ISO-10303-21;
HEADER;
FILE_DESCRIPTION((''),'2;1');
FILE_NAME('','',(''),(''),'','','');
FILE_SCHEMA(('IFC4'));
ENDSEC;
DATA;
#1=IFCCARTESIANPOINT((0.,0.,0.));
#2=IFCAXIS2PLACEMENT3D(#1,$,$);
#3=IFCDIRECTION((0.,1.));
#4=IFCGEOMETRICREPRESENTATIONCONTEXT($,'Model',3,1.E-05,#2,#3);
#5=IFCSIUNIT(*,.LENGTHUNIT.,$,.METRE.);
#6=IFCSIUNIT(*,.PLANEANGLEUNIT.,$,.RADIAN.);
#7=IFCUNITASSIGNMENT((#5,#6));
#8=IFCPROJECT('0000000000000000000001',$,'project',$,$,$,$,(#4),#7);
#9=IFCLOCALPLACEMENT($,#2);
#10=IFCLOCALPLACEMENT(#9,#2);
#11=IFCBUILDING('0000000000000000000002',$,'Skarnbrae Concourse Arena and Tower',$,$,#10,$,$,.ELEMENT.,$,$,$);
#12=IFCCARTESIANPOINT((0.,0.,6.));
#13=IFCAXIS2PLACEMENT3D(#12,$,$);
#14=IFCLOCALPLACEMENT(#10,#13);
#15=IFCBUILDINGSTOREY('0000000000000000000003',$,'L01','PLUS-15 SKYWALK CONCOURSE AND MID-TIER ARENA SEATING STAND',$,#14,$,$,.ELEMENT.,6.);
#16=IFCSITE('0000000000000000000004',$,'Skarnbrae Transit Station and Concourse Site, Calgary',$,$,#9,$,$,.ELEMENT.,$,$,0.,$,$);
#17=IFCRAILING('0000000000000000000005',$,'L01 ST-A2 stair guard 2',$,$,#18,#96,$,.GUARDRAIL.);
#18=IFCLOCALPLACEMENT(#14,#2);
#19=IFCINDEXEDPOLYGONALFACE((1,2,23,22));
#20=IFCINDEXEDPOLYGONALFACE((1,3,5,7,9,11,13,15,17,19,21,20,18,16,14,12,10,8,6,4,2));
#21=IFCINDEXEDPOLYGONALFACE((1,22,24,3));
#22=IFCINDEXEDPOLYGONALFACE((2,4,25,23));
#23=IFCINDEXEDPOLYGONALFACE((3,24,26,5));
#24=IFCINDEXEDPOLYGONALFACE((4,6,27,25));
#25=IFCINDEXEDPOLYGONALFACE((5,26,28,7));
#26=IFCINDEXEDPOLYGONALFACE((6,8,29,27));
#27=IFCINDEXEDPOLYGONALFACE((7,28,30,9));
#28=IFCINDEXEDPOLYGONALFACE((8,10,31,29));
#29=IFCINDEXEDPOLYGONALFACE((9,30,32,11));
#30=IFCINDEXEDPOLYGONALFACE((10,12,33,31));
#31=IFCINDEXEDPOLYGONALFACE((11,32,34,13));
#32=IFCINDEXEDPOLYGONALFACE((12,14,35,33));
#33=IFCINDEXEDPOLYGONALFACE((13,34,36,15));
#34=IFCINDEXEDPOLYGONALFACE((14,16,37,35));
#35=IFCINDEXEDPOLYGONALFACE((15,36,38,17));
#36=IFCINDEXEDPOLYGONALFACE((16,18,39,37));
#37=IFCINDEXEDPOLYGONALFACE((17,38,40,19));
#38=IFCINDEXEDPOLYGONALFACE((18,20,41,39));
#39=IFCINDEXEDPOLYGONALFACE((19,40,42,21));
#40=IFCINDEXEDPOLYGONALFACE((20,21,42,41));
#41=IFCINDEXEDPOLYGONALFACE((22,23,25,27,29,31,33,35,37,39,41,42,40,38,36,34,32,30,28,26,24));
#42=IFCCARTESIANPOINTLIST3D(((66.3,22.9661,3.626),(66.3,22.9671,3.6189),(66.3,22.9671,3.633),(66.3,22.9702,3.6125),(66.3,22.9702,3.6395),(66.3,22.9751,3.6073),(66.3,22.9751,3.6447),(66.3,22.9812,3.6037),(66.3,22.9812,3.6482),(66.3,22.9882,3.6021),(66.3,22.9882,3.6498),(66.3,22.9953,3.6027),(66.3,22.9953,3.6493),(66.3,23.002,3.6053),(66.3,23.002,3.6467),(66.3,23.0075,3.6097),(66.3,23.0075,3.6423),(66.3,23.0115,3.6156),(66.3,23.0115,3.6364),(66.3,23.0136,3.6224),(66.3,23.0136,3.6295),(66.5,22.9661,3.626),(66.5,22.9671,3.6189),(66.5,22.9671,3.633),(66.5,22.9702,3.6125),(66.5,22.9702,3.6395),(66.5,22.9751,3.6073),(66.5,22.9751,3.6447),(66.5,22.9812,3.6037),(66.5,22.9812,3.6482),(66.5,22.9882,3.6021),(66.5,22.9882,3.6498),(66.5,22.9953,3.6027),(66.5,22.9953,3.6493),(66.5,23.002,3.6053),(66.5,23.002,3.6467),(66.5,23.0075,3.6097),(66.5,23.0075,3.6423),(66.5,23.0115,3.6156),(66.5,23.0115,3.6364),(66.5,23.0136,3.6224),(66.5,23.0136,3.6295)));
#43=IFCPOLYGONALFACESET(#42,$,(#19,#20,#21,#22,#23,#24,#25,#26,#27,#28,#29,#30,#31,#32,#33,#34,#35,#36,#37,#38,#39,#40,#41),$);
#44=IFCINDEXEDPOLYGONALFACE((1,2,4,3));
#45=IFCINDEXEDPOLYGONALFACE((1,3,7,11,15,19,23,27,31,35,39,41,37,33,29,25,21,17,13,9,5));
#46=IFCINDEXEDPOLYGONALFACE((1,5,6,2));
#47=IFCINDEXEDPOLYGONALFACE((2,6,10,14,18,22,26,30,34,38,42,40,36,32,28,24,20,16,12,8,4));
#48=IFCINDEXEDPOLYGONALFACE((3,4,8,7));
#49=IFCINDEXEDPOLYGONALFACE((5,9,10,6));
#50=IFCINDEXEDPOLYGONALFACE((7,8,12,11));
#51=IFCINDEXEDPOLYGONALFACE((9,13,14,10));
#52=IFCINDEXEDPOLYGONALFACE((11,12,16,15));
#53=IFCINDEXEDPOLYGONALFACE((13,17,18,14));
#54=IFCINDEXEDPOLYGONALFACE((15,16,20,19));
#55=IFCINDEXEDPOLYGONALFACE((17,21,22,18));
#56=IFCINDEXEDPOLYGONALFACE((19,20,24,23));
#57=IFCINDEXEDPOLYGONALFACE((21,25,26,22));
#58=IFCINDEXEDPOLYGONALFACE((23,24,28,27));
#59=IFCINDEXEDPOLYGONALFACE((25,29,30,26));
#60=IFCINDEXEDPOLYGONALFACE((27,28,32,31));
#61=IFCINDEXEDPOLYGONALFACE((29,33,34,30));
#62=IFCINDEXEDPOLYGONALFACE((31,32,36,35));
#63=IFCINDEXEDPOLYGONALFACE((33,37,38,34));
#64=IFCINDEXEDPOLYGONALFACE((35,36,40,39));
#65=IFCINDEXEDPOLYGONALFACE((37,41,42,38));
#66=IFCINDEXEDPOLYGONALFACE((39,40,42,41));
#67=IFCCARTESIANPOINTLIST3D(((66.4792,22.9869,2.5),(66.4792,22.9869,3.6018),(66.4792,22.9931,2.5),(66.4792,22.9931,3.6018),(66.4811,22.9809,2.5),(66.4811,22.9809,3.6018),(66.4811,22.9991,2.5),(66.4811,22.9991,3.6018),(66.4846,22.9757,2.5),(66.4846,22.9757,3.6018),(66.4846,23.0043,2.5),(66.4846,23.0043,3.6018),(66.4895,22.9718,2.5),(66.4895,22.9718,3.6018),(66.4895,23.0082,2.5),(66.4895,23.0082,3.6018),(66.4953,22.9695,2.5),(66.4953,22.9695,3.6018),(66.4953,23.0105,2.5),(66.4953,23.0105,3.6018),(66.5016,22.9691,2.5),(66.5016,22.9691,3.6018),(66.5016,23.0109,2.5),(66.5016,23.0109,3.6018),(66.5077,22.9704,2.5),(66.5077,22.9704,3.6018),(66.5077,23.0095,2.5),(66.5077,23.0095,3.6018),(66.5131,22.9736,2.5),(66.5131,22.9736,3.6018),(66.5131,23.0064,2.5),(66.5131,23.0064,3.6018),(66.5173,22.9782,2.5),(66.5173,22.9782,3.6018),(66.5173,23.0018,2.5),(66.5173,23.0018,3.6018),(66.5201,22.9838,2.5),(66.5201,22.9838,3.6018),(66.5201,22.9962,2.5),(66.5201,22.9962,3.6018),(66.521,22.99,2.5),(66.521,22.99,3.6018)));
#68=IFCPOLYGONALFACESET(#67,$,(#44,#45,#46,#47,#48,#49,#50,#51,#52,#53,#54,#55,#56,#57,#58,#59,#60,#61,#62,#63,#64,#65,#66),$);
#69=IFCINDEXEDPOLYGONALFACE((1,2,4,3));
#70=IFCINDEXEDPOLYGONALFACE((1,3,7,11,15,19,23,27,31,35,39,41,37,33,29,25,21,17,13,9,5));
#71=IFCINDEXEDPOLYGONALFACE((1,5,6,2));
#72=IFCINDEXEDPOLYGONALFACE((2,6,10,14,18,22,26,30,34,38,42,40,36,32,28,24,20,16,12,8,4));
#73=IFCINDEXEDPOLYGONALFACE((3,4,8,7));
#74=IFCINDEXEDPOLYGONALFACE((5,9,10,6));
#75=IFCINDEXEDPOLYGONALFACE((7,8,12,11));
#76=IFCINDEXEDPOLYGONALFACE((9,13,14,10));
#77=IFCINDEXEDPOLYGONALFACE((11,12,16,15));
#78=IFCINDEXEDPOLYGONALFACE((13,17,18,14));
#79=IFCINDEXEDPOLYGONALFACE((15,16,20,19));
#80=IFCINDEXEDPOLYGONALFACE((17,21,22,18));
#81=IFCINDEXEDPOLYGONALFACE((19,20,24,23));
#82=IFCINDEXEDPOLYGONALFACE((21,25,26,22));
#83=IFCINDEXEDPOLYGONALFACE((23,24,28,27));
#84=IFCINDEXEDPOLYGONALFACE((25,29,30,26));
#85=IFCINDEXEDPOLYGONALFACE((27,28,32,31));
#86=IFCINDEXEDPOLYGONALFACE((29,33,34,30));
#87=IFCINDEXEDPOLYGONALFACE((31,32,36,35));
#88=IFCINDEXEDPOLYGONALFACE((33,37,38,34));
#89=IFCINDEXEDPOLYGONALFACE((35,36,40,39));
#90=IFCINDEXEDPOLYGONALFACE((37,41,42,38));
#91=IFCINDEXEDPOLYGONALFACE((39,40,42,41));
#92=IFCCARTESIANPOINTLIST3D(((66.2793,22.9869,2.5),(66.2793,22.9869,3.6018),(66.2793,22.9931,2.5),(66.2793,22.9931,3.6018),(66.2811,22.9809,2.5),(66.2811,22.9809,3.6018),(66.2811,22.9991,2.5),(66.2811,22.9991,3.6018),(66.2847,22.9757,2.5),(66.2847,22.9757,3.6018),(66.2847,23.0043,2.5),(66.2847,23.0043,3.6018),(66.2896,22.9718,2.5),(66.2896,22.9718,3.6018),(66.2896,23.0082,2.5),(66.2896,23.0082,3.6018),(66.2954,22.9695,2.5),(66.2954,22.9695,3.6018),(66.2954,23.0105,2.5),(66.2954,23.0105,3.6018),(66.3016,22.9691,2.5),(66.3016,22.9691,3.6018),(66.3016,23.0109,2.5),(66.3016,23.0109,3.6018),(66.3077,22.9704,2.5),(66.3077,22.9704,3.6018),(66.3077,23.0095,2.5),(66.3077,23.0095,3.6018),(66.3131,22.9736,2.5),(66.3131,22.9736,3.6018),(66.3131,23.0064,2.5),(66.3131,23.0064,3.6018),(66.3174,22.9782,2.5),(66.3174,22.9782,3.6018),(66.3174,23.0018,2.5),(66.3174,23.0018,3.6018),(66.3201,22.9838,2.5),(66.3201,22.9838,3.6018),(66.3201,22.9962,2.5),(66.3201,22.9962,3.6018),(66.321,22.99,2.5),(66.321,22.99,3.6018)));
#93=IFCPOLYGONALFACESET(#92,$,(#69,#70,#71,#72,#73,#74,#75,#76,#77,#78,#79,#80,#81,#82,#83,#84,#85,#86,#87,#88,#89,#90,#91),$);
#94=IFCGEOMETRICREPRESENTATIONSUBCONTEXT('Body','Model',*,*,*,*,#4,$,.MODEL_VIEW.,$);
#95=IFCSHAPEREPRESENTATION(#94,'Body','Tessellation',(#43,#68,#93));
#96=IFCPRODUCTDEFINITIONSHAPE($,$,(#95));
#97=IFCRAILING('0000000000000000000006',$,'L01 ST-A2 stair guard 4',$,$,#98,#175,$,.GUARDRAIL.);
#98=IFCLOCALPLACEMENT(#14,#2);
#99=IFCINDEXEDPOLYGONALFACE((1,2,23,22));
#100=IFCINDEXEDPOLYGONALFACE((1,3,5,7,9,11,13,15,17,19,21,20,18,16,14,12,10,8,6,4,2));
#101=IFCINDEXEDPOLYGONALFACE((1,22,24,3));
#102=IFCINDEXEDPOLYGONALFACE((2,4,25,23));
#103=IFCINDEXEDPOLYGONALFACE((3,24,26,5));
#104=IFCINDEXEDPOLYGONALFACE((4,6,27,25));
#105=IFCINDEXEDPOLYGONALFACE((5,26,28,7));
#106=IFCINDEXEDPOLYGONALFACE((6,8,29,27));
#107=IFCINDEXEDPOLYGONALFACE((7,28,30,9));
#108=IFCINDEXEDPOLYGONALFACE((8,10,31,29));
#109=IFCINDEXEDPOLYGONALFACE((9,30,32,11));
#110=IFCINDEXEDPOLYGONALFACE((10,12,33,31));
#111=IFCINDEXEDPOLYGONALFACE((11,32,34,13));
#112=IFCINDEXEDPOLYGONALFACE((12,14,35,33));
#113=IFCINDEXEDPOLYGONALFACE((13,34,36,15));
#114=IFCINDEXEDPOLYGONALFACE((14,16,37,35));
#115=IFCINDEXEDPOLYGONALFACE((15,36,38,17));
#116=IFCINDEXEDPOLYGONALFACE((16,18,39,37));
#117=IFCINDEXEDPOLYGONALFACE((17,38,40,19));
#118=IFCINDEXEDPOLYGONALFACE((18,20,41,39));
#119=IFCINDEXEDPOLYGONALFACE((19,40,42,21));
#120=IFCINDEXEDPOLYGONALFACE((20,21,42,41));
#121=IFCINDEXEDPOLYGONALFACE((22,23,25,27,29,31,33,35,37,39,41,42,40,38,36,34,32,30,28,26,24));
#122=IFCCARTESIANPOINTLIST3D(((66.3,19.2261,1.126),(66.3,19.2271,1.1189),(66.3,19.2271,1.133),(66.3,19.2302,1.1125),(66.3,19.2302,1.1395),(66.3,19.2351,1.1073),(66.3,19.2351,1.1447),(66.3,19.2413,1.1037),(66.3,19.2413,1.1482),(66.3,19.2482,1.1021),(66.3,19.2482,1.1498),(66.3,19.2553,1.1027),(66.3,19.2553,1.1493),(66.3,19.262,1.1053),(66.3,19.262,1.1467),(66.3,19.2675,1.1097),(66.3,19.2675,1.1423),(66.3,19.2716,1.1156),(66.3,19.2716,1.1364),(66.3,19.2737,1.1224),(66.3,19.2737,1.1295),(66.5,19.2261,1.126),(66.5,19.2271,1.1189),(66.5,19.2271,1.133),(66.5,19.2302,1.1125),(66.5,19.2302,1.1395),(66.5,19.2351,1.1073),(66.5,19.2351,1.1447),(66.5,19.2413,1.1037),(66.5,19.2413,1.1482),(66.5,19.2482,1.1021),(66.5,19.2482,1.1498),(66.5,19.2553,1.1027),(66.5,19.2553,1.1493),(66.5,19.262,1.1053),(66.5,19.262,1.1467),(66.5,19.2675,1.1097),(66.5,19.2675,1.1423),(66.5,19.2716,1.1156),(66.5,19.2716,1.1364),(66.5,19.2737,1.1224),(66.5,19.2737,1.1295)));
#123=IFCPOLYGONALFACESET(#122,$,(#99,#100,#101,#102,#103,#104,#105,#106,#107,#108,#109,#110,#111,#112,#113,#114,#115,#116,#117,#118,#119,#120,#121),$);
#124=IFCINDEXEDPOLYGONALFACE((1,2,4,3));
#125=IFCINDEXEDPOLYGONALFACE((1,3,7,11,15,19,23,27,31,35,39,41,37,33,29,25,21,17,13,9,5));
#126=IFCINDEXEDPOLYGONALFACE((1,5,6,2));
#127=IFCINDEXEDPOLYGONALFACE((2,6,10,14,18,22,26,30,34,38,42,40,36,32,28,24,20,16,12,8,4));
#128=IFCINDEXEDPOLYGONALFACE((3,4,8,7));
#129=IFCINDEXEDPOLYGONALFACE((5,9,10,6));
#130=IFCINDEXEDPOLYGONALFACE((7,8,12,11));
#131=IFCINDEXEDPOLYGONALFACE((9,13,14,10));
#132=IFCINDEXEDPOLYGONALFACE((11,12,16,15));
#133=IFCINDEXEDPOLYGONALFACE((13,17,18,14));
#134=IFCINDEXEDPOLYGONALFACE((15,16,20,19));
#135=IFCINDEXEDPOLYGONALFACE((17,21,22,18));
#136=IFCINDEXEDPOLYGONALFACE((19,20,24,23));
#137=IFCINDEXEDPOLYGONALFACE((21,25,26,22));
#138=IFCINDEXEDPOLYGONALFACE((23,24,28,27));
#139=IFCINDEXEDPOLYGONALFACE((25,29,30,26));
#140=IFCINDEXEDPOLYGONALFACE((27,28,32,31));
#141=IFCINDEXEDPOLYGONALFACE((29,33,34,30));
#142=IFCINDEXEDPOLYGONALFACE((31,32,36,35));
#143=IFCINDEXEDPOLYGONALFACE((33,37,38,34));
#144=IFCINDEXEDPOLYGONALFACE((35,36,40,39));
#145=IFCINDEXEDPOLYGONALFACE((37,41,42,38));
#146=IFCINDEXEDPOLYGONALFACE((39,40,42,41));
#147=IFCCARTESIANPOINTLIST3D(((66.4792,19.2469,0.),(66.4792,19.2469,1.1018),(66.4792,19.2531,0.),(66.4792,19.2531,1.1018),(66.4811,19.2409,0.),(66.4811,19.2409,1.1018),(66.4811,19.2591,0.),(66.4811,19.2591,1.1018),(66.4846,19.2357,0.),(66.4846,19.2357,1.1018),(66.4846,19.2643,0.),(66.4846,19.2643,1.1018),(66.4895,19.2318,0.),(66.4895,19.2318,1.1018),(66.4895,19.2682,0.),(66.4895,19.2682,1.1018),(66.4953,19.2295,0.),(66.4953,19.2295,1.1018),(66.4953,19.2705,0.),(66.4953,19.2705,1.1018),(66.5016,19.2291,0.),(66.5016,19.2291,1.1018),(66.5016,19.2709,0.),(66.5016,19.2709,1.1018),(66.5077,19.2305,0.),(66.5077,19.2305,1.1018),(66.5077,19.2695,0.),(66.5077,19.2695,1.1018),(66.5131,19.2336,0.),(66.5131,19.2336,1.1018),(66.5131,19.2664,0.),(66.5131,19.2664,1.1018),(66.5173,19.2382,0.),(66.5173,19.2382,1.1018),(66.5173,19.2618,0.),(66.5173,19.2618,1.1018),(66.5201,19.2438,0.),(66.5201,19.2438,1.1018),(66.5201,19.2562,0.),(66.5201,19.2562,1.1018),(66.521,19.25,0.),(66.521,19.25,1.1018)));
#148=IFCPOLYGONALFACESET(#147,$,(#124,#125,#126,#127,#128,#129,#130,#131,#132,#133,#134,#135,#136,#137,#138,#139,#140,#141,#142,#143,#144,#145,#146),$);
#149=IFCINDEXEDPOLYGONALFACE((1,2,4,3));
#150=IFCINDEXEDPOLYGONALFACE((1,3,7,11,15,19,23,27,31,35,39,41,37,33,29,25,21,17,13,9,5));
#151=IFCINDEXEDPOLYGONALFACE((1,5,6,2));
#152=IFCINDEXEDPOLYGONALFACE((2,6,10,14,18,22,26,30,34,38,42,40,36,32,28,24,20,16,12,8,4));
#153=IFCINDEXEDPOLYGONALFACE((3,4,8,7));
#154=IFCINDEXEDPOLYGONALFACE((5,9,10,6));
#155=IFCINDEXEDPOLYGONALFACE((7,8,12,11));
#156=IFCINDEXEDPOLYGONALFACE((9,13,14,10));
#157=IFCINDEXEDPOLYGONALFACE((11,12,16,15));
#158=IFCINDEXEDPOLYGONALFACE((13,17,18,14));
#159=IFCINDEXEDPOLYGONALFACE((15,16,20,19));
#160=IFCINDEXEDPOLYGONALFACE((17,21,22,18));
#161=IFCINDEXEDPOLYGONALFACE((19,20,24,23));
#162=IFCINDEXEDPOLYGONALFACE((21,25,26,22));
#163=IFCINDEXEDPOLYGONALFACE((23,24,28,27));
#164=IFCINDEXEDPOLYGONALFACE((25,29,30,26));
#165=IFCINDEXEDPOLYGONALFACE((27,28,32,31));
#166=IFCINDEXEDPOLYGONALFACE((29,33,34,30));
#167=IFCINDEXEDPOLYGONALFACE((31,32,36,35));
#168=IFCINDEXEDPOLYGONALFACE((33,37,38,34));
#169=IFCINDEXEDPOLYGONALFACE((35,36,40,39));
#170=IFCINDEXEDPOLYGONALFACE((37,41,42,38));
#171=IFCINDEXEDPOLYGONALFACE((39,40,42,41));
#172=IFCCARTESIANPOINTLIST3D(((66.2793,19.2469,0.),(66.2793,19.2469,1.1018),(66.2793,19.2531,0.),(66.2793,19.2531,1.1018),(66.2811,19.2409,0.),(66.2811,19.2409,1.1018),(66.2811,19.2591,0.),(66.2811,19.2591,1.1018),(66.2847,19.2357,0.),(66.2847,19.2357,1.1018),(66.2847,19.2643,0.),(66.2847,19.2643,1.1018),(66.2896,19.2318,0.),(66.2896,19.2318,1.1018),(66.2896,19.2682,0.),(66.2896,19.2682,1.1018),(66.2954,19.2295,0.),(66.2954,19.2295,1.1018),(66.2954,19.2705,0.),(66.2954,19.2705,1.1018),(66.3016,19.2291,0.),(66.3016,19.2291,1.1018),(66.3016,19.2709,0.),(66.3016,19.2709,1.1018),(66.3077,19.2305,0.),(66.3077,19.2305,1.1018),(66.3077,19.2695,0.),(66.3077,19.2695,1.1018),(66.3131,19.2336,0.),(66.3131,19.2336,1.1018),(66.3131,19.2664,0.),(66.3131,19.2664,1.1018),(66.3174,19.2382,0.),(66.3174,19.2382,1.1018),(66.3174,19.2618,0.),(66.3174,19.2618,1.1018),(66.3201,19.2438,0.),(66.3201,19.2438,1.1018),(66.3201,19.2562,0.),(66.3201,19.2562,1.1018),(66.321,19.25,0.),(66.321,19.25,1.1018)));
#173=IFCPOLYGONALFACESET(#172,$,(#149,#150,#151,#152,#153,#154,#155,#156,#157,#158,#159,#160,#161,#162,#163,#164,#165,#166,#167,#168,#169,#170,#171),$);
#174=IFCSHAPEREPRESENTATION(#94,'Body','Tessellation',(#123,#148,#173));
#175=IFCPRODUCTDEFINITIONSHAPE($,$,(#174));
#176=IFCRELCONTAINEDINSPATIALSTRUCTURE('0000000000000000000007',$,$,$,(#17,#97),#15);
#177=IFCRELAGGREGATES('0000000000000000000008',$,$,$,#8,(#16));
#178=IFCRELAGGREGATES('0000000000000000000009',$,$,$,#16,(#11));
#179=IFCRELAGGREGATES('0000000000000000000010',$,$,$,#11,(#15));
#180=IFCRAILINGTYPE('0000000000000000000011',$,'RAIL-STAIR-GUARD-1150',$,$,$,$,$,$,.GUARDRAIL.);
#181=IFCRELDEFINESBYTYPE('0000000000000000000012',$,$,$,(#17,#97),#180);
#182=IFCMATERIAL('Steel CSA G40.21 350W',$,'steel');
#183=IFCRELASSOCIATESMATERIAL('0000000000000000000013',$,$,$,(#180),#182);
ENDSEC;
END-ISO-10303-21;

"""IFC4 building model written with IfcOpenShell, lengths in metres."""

from ifc_helpers import new_model, si_unit, direction, frame, origin, origin_2d, place, context, subcontext, project, spatial, circle, extrude, material, type_object, element, save


model = new_model("IFC4")

# Units and contexts
model_context = context("Model", 3, precision=1e-05, world=origin(), true_north=direction((0.0, 1.0)))
body_context = subcontext(model_context, "Body", "Model", "MODEL_VIEW")
ifc_project = project(units=[si_unit("LENGTHUNIT", "METRE"), si_unit("PLANEANGLEUNIT", "RADIAN")], contexts=[model_context])

# Site, building, storey
site_placement = place(None, origin())
site = spatial("IfcSite", under=ifc_project, at=site_placement, Name="Skarnbrae Transit Station and Concourse Site, Calgary", CompositionType="ELEMENT", RefElevation=0.0)
building_placement = place(site_placement, origin())
building = spatial("IfcBuilding", under=site, at=building_placement, Name="Skarnbrae Concourse Arena and Tower", CompositionType="ELEMENT")
storey_placement = place(building_placement, frame((0.0, 0.0, 6.0)))
storey = spatial("IfcBuildingStorey", under=building, at=storey_placement, Name="L01", Description="PLUS-15 SKYWALK CONCOURSE AND MID-TIER ARENA SEATING STAND", CompositionType="ELEMENT", Elevation=6.0)

# Shared definitions
ifc_material_1 = material(Name="Steel CSA G40.21 350W", Category="steel")

# Railings
railing_type_1 = type_object("IfcRailingType", Name="RAIL-STAIR-GUARD-1150", PredefinedType="GUARDRAIL", material=ifc_material_1)
for number, where, name in (
    (1, (66.5, 22.99, 2.5), "L01 ST-A2 stair guard 2"),
    (2, (66.5, 19.25, 0.0), "L01 ST-A2 stair guard 4"),
):
    element("IfcRailing", number, at=place(storey_placement, frame(where)), inside=storey, type_object=railing_type_1, Name=name, PredefinedType="GUARDRAIL", context=body_context, shape_type="SweptSolid", body=[
        extrude(circle(Radius=0.0239, at=origin_2d()), frame((0.0, 0.0, 1.126), z_axis=(-1.0, 0.0, 0.0), x_axis=(0.0, -1.0, 0.0)), (0.0, 0.0, 1.0), 0.2),
        extrude(circle(Radius=0.021, at=origin_2d()), origin(), (0.0, 0.0, 1.0), 1.1018),
        extrude(circle(Radius=0.021, at=origin_2d()), frame((-0.2, 0.0, 0.0)), (0.0, 0.0, 1.0), 1.1018),
    ])

save(model, "model.ifc")
